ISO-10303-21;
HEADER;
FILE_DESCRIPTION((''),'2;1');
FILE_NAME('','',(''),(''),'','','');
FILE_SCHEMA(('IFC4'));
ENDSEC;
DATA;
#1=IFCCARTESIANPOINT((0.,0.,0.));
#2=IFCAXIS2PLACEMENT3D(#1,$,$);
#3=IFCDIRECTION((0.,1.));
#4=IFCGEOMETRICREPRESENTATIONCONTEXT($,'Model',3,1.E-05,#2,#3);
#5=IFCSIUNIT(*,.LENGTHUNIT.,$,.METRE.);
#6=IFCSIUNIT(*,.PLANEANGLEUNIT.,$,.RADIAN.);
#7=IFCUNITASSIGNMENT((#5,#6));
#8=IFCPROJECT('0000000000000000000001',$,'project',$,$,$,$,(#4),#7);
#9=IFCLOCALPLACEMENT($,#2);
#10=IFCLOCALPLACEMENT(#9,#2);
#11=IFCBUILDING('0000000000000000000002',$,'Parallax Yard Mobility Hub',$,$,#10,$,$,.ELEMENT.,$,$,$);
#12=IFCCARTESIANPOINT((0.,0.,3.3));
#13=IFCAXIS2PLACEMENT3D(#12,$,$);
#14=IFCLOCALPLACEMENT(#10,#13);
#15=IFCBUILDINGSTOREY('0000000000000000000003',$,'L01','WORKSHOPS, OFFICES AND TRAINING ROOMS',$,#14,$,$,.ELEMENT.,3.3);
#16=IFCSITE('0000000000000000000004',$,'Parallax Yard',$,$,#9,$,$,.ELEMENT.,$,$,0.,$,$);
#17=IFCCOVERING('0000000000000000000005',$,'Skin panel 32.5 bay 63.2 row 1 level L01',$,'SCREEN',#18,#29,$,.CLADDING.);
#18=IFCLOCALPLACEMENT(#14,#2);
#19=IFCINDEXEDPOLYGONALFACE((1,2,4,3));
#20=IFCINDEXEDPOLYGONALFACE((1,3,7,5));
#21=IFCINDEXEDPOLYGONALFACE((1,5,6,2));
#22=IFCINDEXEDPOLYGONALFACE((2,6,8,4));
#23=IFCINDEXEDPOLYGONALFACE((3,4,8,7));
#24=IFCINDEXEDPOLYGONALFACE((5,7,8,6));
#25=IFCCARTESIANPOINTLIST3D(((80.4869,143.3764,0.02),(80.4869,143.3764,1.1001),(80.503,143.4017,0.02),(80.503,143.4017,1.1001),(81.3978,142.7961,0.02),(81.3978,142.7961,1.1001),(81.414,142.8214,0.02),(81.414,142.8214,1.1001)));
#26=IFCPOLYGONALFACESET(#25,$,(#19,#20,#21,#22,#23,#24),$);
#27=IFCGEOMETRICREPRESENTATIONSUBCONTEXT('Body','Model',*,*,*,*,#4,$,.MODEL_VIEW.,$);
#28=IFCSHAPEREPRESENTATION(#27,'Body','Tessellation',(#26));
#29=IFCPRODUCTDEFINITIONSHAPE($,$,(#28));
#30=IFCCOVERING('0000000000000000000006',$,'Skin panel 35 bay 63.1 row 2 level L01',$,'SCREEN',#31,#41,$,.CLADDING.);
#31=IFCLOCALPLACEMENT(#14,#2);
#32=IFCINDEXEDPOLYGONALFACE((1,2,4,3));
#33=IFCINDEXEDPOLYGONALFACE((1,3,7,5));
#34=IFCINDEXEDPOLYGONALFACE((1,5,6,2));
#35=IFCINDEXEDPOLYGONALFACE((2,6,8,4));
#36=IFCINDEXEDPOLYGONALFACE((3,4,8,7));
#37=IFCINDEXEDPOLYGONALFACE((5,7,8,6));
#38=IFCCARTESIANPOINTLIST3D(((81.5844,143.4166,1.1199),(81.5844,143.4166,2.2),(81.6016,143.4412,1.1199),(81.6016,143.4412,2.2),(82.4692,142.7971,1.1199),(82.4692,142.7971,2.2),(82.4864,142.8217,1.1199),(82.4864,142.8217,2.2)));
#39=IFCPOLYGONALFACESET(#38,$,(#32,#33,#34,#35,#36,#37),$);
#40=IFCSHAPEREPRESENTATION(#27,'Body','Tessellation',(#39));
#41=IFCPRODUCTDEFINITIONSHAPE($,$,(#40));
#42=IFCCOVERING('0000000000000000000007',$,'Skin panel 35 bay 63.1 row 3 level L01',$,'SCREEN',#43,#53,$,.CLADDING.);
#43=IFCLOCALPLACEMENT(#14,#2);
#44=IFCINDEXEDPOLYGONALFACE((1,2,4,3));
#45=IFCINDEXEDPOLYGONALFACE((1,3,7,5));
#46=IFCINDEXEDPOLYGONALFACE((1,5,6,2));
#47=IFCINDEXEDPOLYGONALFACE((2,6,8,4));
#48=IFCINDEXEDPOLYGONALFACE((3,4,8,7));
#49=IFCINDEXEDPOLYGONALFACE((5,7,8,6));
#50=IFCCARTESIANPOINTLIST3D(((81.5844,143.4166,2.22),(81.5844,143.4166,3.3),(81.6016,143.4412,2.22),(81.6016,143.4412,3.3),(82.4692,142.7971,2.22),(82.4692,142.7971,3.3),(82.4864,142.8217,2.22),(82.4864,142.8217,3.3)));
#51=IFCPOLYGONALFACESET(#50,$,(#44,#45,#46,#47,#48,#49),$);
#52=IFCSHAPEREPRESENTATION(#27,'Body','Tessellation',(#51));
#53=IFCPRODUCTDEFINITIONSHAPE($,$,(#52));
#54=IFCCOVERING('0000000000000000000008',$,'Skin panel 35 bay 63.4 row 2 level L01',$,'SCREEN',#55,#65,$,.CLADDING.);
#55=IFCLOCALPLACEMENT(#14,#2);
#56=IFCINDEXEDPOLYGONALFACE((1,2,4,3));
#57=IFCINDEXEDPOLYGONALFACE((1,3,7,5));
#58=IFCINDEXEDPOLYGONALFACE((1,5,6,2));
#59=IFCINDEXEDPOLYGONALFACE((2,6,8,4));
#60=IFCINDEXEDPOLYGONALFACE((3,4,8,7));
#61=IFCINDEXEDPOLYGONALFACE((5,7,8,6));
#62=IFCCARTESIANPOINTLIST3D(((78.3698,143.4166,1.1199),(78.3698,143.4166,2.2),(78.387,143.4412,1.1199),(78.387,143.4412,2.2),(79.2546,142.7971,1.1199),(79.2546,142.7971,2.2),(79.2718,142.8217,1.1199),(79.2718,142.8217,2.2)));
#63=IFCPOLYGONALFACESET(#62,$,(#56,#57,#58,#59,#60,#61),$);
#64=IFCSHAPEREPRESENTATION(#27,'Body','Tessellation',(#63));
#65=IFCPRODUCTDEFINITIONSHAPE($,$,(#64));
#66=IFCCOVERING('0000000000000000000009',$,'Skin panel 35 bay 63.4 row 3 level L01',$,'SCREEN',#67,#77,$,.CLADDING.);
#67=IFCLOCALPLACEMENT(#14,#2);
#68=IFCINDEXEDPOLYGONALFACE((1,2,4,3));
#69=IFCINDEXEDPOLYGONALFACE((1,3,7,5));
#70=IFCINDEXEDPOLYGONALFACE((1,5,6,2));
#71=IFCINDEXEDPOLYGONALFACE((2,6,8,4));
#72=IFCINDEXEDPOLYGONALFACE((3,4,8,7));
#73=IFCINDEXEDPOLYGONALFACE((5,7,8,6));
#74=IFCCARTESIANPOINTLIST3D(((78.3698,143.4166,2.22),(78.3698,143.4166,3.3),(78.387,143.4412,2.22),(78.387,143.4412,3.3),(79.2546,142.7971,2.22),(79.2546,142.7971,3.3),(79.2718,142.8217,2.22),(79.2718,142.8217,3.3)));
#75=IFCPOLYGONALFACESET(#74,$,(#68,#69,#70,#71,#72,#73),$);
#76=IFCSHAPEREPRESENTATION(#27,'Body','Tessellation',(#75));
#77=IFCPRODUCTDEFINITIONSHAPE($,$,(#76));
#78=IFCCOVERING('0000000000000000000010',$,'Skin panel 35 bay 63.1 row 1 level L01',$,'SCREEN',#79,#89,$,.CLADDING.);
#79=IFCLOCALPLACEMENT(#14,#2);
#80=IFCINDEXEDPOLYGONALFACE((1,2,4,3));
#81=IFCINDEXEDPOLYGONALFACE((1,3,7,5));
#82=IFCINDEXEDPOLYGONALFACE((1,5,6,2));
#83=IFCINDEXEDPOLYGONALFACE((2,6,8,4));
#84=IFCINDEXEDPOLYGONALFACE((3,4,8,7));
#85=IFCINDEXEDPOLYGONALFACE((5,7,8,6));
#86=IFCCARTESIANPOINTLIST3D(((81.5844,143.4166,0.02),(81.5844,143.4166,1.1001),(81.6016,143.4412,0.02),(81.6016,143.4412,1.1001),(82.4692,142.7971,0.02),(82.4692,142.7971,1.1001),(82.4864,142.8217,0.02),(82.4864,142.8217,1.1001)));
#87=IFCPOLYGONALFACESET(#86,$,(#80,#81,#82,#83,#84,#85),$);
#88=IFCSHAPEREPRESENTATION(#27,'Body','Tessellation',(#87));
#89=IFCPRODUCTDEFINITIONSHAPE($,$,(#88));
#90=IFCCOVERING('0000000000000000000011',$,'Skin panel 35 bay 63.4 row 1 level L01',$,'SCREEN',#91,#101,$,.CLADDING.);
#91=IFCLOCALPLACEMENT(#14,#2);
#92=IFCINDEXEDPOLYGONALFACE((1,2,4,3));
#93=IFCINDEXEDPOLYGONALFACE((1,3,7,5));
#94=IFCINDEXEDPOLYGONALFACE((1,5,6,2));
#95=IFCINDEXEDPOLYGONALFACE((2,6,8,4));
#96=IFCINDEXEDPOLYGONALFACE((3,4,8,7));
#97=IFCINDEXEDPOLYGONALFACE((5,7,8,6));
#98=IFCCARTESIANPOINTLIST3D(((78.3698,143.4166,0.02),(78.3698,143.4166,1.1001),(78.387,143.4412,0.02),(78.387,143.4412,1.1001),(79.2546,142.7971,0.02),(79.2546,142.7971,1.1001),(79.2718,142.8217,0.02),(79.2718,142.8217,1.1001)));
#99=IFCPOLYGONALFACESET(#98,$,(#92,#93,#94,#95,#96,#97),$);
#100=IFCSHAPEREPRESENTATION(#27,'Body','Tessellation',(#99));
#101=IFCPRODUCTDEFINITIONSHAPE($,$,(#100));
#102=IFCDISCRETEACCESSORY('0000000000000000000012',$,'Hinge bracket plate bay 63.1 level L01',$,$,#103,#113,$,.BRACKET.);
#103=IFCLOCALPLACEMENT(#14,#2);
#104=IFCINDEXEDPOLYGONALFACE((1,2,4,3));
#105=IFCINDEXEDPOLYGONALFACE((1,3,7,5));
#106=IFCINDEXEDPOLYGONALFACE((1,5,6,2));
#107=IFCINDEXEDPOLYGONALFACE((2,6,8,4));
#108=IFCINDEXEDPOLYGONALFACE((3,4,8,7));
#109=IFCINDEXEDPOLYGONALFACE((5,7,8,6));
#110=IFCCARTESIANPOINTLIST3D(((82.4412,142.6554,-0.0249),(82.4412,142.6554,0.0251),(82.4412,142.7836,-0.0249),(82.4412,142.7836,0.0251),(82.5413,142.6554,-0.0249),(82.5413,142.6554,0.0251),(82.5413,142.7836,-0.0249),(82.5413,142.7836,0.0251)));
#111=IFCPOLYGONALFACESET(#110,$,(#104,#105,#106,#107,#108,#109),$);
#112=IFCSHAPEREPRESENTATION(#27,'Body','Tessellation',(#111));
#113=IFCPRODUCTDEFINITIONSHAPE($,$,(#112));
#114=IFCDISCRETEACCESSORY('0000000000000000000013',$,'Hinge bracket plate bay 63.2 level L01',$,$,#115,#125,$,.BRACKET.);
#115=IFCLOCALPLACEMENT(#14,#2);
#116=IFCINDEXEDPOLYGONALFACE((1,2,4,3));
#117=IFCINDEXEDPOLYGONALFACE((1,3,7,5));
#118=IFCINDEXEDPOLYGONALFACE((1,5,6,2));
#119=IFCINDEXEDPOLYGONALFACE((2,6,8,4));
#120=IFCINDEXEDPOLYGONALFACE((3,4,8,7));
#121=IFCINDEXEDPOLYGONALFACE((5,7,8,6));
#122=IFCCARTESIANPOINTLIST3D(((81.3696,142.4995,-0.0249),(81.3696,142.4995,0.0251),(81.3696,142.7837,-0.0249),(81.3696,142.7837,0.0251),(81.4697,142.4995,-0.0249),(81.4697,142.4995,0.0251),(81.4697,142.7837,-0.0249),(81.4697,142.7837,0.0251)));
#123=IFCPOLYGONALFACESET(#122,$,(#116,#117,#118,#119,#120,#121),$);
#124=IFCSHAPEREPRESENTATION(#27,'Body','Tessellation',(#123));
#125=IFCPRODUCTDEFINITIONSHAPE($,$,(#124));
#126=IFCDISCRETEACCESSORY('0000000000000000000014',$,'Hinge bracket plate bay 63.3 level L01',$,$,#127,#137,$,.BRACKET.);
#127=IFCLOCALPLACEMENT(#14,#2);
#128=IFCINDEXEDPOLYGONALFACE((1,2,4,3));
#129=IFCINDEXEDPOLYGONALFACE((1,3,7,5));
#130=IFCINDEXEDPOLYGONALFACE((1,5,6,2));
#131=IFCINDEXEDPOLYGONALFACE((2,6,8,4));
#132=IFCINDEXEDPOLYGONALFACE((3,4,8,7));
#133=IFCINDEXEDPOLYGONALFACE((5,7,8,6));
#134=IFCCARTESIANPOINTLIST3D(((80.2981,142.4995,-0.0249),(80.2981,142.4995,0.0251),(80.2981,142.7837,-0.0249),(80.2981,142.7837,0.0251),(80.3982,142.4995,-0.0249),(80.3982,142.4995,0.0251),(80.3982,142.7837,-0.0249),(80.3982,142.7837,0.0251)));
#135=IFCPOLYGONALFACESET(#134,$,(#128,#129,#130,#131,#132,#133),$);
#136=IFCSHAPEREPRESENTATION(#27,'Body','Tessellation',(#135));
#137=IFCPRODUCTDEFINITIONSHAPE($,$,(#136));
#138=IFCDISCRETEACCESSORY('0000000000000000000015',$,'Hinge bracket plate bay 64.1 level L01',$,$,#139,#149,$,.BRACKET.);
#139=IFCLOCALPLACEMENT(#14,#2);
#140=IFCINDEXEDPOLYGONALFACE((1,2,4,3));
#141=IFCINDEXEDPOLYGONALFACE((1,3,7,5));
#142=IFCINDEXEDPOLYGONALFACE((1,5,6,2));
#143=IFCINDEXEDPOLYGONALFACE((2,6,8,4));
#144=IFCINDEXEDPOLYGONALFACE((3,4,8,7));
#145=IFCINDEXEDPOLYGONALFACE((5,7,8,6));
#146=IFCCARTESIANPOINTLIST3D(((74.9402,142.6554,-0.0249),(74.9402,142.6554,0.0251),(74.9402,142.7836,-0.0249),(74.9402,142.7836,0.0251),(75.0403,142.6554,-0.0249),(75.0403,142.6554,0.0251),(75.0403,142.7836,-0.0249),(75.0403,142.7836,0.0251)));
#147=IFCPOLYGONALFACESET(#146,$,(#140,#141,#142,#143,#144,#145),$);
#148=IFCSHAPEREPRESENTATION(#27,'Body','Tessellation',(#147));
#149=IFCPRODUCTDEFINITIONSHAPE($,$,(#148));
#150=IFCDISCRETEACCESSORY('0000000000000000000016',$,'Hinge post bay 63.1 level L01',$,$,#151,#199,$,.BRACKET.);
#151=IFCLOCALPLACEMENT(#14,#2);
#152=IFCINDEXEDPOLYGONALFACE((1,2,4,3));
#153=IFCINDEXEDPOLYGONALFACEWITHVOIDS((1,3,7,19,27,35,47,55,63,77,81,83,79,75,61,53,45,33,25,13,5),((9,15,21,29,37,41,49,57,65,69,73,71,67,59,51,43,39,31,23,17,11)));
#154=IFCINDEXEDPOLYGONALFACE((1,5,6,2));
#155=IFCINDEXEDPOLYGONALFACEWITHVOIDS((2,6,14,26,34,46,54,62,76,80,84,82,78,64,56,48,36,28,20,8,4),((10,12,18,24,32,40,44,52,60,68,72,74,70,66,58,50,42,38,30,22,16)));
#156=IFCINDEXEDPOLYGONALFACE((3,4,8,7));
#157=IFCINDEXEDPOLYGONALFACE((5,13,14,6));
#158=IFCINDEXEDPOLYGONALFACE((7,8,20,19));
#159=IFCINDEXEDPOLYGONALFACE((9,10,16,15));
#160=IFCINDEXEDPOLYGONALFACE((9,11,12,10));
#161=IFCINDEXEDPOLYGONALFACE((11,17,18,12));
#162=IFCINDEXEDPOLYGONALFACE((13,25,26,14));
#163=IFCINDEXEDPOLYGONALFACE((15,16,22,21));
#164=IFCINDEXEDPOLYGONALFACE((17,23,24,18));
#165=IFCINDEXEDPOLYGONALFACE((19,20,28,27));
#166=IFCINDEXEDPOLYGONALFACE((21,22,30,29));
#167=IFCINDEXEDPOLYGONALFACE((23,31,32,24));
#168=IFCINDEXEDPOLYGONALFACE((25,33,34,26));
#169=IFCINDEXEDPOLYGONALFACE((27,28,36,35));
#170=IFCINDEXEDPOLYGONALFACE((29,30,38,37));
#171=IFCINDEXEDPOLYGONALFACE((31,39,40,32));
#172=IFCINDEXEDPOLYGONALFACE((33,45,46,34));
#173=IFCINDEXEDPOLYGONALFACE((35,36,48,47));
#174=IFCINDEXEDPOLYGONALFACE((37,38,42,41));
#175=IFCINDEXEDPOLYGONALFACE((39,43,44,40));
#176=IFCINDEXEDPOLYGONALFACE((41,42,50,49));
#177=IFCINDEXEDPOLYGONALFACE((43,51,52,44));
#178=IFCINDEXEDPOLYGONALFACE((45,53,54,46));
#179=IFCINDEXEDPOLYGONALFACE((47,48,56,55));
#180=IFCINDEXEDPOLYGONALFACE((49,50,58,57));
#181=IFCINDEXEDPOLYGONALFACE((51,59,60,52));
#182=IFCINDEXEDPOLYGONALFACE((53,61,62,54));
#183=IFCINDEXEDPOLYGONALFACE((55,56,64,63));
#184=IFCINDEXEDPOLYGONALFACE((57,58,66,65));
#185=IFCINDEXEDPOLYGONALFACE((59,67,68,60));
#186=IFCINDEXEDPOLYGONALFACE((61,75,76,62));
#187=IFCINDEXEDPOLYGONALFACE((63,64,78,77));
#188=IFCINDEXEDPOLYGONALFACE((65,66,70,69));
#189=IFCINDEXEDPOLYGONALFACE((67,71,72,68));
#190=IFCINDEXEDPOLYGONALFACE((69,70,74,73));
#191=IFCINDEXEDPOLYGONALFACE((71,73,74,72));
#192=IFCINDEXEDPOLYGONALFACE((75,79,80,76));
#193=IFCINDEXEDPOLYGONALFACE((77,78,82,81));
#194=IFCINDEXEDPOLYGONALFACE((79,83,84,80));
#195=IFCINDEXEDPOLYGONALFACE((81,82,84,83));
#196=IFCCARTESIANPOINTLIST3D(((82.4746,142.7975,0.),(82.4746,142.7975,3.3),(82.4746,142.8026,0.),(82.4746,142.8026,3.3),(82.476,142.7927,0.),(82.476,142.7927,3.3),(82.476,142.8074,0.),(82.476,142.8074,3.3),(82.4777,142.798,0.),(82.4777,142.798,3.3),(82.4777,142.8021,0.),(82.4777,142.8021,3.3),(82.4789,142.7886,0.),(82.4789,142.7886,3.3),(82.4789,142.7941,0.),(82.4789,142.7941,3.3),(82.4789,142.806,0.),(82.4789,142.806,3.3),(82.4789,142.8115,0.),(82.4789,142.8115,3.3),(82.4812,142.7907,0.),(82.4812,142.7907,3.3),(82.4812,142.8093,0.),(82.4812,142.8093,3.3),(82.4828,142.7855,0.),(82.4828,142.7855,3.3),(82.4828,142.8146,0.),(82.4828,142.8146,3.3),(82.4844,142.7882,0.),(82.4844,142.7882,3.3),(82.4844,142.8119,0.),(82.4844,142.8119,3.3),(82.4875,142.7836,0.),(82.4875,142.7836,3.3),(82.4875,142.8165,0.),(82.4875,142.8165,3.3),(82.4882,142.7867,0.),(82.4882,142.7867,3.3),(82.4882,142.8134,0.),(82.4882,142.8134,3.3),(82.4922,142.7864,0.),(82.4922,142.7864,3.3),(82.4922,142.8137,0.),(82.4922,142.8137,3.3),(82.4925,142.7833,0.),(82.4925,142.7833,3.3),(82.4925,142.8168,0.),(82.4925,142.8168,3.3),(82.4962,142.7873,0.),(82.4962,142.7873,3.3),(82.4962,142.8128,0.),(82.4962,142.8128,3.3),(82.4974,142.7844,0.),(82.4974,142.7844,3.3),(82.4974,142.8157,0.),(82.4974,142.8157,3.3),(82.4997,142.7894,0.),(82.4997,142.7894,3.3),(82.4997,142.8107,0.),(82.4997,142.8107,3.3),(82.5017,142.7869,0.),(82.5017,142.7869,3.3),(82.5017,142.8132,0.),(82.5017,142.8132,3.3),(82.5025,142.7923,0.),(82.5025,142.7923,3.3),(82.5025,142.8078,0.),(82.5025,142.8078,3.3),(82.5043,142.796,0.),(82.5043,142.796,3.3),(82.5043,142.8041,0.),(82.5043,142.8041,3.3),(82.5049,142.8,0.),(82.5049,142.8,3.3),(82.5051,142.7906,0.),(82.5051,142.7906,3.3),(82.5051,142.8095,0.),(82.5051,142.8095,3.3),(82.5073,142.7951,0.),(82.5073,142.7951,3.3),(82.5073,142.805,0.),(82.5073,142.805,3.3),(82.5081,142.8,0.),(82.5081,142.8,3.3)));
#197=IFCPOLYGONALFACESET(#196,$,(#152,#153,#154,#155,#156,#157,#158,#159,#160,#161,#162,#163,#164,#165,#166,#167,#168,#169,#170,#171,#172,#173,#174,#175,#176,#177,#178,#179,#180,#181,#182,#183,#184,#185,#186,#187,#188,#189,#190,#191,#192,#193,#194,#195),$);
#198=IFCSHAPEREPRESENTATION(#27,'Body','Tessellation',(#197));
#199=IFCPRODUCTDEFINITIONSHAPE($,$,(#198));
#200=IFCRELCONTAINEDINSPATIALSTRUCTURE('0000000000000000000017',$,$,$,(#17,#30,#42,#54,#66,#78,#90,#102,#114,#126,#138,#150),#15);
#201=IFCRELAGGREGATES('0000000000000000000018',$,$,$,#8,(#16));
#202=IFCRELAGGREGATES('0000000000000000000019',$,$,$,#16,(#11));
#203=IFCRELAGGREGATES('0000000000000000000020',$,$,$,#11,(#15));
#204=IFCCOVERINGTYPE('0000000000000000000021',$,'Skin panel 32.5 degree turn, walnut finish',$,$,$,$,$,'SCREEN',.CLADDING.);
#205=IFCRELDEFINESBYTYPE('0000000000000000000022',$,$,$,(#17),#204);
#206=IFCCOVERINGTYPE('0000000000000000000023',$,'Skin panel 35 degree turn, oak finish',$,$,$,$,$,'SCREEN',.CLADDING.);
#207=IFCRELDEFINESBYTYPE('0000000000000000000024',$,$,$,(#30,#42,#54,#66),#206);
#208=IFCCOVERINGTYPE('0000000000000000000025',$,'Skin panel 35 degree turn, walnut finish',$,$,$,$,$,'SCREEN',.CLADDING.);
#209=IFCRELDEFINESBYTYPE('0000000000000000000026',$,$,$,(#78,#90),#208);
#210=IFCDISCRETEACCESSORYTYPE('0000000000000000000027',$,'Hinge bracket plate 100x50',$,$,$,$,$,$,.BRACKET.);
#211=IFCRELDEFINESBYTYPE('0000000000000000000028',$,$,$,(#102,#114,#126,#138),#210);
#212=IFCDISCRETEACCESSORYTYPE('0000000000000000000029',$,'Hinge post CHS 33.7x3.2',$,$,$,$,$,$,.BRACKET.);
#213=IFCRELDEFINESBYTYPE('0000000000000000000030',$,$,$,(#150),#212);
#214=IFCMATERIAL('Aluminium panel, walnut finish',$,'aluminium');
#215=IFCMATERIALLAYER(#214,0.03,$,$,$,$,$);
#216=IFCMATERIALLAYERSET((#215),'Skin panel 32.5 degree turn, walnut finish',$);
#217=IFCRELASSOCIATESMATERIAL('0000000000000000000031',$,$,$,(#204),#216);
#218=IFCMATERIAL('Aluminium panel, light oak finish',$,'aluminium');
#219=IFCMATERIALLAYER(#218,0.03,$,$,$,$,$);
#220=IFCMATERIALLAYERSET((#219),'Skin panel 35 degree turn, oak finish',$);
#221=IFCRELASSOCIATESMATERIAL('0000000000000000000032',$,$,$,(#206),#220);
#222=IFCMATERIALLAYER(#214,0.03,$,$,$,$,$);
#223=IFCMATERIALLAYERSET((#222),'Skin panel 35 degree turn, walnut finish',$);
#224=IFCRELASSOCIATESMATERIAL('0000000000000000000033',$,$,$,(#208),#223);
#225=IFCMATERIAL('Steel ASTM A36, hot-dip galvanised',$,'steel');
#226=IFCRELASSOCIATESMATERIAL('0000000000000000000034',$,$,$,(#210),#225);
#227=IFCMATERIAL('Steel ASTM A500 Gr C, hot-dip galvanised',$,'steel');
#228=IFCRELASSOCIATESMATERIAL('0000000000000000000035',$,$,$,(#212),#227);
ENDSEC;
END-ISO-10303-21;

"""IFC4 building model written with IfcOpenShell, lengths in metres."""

from ifc_helpers import new_model, si_unit, direction, frame, origin, origin_2d, place, context, subcontext, project, spatial, rectangle, hollow_circle, extrude, material, layer, layer_set, material_profile, profile_set, type_object, element, save


model = new_model("IFC4")

# Units and contexts
model_context = context("Model", 3, precision=1e-05, world=origin(), true_north=direction((0.0, 1.0)))
body_context = subcontext(model_context, "Body", "Model", "MODEL_VIEW")
ifc_project = project(units=[si_unit("LENGTHUNIT", "METRE"), si_unit("PLANEANGLEUNIT", "RADIAN")], contexts=[model_context])

# Site, building, storey
site_placement = place(None, origin())
site = spatial("IfcSite", under=ifc_project, at=site_placement, Name="Parallax Yard", CompositionType="ELEMENT", RefElevation=0.0)
building_placement = place(site_placement, origin())
building = spatial("IfcBuilding", under=site, at=building_placement, Name="Parallax Yard Mobility Hub", CompositionType="ELEMENT")
storey_placement = place(building_placement, frame((0.0, 0.0, 3.3)))
storey = spatial("IfcBuildingStorey", under=building, at=storey_placement, Name="L01", Description="WORKSHOPS, OFFICES AND TRAINING ROOMS", CompositionType="ELEMENT", Elevation=3.3)

# Coverings
ifc_material_1 = material(Name="Aluminium panel, light oak finish", Category="aluminium")
ifc_material_2 = material(Name="Aluminium panel, walnut finish", Category="aluminium")
ifc_layer_1 = layer(ifc_material_2, 0.03)
ifc_layer_set_1 = layer_set([ifc_layer_1], Name="Skin panel 32.5 degree turn, walnut finish")
covering_type_1 = type_object("IfcCoveringType", Name="Skin panel 32.5 degree turn, walnut finish", ElementType="SCREEN", PredefinedType="CLADDING", material=ifc_layer_set_1)
covering_1_placement = place(storey_placement, frame((80.9504, 143.0989, 0.02), z_axis=(0.0, 0.0, 1.0), x_axis=(-0.843391, 0.5373, 0.0)))
element("IfcCovering", 1, at=covering_1_placement, inside=storey, type_object=covering_type_1, Name="Skin panel 32.5 bay 63.2 row 1 level L01", ObjectType="SCREEN", PredefinedType="CLADDING", context=body_context, shape_type="SweptSolid", body=[
    extrude(rectangle(XDim=1.0801, YDim=0.03, at=origin_2d()), origin(), (0.0, 0.0, 1.0), 1.0801),
])
ifc_layer_2 = layer(ifc_material_1, 0.03)
ifc_layer_set_2 = layer_set([ifc_layer_2], Name="Skin panel 35 degree turn, oak finish")
covering_type_2 = type_object("IfcCoveringType", Name="Skin panel 35 degree turn, oak finish", ElementType="SCREEN", PredefinedType="CLADDING", material=ifc_layer_set_2)
for number, where, z_axis, x_axis, name in (
    (2, (82.0354, 143.1191, 1.1199), (0.0, 0.0, 1.0), (-0.819152, 0.573576, 0.0), "Skin panel 35 bay 63.1 row 2 level L01"),
    (3, (82.0354, 143.1191, 2.22), (0.0, 0.0, 1.0), (-0.819152, 0.573576, 0.0), "Skin panel 35 bay 63.1 row 3 level L01"),
    (4, (78.8208, 143.1191, 1.1199), (0.0, 0.0, 1.0), (-0.819152, 0.573576, 0.0), "Skin panel 35 bay 63.4 row 2 level L01"),
    (5, (78.8208, 143.1191, 2.22), (0.0, 0.0, 1.0), (-0.819152, 0.573576, 0.0), "Skin panel 35 bay 63.4 row 3 level L01"),
):
    element("IfcCovering", number, at=place(storey_placement, frame(where, z_axis=z_axis, x_axis=x_axis)), inside=storey, type_object=covering_type_2, Name=name, ObjectType="SCREEN", PredefinedType="CLADDING", context=body_context, shape_type="SweptSolid", body=[
        extrude(rectangle(XDim=1.0801, YDim=0.03, at=origin_2d()), origin(), (0.0, 0.0, 1.0), 1.0801),
    ])
ifc_layer_3 = layer(ifc_material_2, 0.03)
ifc_layer_set_3 = layer_set([ifc_layer_3], Name="Skin panel 35 degree turn, walnut finish")
covering_type_3 = type_object("IfcCoveringType", Name="Skin panel 35 degree turn, walnut finish", ElementType="SCREEN", PredefinedType="CLADDING", material=ifc_layer_set_3)
for number, where, z_axis, x_axis, name in (
    (6, (82.0354, 143.1191, 0.02), (0.0, 0.0, 1.0), (-0.819152, 0.573576, 0.0), "Skin panel 35 bay 63.1 row 1 level L01"),
    (7, (78.8208, 143.1191, 0.02), (0.0, 0.0, 1.0), (-0.819152, 0.573576, 0.0), "Skin panel 35 bay 63.4 row 1 level L01"),
):
    element("IfcCovering", number, at=place(storey_placement, frame(where, z_axis=z_axis, x_axis=x_axis)), inside=storey, type_object=covering_type_3, Name=name, ObjectType="SCREEN", PredefinedType="CLADDING", context=body_context, shape_type="SweptSolid", body=[
        extrude(rectangle(XDim=1.0801, YDim=0.03, at=origin_2d()), origin(), (0.0, 0.0, 1.0), 1.0801),
    ])

# Discrete accessories
ifc_material_3 = material(Name="Steel ASTM A36, hot-dip galvanised", Category="steel")
discrete_accessory_type_1 = type_object("IfcDiscreteAccessoryType", Name="Hinge bracket plate 100x50", PredefinedType="BRACKET", material=ifc_material_3)
discrete_accessory_1_placement = place(storey_placement, frame((82.4912, 142.7195, -0.0249), z_axis=(0.0, 0.0, 1.0), x_axis=(0.0, 1.0, 0.0)))
element("IfcDiscreteAccessory", 8, at=discrete_accessory_1_placement, inside=storey, type_object=discrete_accessory_type_1, Name="Hinge bracket plate bay 63.1 level L01", PredefinedType="BRACKET", context=body_context, shape_type="SweptSolid", body=[
    extrude(rectangle(XDim=0.1282, YDim=0.1001, at=origin_2d()), origin(), (0.0, 0.0, 1.0), 0.05),
])
for number, where, z_axis, x_axis, name in (
    (9, (81.4197, 142.6416, -0.0249), (0.0, 0.0, 1.0), (0.0, 1.0, 0.0), "Hinge bracket plate bay 63.2 level L01"),
    (10, (80.3481, 142.6416, -0.0249), (0.0, 0.0, 1.0), (0.0, 1.0, 0.0), "Hinge bracket plate bay 63.3 level L01"),
):
    element("IfcDiscreteAccessory", number, at=place(storey_placement, frame(where, z_axis=z_axis, x_axis=x_axis)), inside=storey, type_object=discrete_accessory_type_1, Name=name, PredefinedType="BRACKET", context=body_context, shape_type="SweptSolid", body=[
        extrude(rectangle(XDim=0.2842, YDim=0.1001, at=origin_2d()), origin(), (0.0, 0.0, 1.0), 0.05),
    ])
discrete_accessory_2_placement = place(storey_placement, frame((74.9902, 142.7195, -0.0249), z_axis=(0.0, 0.0, 1.0), x_axis=(0.0, 1.0, 0.0)))
element("IfcDiscreteAccessory", 11, at=discrete_accessory_2_placement, inside=storey, type_object=discrete_accessory_type_1, Name="Hinge bracket plate bay 64.1 level L01", PredefinedType="BRACKET", context=body_context, shape_type="SweptSolid", body=[
    extrude(rectangle(XDim=0.1282, YDim=0.1001, at=origin_2d()), origin(), (0.0, 0.0, 1.0), 0.05),
])
ifc_material_4 = material(Name="Steel ASTM A500 Gr C, hot-dip galvanised", Category="steel")
ifc_material_profile = material_profile(ifc_material_4, hollow_circle(Radius=0.0168, WallThickness=0.0032, at=origin_2d()), Name="CHS 33.7x3.2")
ifc_profile_set = profile_set([ifc_material_profile], Name="Steel ASTM A500 Gr C, hot-dip galvanised")
discrete_accessory_type_2 = type_object("IfcDiscreteAccessoryType", Name="Hinge post CHS 33.7x3.2", PredefinedType="BRACKET", material=ifc_profile_set)
for number, where, z_axis, x_axis, name in (
    (12, (82.4912, 142.8, 0.0), (0.0, 0.0, 1.0), (1.0, 0.0, 0.0), "Hinge post bay 63.1 level L01"),
):
    element("IfcDiscreteAccessory", number, at=place(storey_placement, frame(where, z_axis=z_axis, x_axis=x_axis)), inside=storey, type_object=discrete_accessory_type_2, Name=name, PredefinedType="BRACKET", context=body_context, shape_type="SweptSolid", body=[
        extrude(hollow_circle(Radius=0.0168, WallThickness=0.0032, at=origin_2d()), origin(), (0.0, 0.0, 1.0), 3.3),
    ])

save(model, "model.ifc")
